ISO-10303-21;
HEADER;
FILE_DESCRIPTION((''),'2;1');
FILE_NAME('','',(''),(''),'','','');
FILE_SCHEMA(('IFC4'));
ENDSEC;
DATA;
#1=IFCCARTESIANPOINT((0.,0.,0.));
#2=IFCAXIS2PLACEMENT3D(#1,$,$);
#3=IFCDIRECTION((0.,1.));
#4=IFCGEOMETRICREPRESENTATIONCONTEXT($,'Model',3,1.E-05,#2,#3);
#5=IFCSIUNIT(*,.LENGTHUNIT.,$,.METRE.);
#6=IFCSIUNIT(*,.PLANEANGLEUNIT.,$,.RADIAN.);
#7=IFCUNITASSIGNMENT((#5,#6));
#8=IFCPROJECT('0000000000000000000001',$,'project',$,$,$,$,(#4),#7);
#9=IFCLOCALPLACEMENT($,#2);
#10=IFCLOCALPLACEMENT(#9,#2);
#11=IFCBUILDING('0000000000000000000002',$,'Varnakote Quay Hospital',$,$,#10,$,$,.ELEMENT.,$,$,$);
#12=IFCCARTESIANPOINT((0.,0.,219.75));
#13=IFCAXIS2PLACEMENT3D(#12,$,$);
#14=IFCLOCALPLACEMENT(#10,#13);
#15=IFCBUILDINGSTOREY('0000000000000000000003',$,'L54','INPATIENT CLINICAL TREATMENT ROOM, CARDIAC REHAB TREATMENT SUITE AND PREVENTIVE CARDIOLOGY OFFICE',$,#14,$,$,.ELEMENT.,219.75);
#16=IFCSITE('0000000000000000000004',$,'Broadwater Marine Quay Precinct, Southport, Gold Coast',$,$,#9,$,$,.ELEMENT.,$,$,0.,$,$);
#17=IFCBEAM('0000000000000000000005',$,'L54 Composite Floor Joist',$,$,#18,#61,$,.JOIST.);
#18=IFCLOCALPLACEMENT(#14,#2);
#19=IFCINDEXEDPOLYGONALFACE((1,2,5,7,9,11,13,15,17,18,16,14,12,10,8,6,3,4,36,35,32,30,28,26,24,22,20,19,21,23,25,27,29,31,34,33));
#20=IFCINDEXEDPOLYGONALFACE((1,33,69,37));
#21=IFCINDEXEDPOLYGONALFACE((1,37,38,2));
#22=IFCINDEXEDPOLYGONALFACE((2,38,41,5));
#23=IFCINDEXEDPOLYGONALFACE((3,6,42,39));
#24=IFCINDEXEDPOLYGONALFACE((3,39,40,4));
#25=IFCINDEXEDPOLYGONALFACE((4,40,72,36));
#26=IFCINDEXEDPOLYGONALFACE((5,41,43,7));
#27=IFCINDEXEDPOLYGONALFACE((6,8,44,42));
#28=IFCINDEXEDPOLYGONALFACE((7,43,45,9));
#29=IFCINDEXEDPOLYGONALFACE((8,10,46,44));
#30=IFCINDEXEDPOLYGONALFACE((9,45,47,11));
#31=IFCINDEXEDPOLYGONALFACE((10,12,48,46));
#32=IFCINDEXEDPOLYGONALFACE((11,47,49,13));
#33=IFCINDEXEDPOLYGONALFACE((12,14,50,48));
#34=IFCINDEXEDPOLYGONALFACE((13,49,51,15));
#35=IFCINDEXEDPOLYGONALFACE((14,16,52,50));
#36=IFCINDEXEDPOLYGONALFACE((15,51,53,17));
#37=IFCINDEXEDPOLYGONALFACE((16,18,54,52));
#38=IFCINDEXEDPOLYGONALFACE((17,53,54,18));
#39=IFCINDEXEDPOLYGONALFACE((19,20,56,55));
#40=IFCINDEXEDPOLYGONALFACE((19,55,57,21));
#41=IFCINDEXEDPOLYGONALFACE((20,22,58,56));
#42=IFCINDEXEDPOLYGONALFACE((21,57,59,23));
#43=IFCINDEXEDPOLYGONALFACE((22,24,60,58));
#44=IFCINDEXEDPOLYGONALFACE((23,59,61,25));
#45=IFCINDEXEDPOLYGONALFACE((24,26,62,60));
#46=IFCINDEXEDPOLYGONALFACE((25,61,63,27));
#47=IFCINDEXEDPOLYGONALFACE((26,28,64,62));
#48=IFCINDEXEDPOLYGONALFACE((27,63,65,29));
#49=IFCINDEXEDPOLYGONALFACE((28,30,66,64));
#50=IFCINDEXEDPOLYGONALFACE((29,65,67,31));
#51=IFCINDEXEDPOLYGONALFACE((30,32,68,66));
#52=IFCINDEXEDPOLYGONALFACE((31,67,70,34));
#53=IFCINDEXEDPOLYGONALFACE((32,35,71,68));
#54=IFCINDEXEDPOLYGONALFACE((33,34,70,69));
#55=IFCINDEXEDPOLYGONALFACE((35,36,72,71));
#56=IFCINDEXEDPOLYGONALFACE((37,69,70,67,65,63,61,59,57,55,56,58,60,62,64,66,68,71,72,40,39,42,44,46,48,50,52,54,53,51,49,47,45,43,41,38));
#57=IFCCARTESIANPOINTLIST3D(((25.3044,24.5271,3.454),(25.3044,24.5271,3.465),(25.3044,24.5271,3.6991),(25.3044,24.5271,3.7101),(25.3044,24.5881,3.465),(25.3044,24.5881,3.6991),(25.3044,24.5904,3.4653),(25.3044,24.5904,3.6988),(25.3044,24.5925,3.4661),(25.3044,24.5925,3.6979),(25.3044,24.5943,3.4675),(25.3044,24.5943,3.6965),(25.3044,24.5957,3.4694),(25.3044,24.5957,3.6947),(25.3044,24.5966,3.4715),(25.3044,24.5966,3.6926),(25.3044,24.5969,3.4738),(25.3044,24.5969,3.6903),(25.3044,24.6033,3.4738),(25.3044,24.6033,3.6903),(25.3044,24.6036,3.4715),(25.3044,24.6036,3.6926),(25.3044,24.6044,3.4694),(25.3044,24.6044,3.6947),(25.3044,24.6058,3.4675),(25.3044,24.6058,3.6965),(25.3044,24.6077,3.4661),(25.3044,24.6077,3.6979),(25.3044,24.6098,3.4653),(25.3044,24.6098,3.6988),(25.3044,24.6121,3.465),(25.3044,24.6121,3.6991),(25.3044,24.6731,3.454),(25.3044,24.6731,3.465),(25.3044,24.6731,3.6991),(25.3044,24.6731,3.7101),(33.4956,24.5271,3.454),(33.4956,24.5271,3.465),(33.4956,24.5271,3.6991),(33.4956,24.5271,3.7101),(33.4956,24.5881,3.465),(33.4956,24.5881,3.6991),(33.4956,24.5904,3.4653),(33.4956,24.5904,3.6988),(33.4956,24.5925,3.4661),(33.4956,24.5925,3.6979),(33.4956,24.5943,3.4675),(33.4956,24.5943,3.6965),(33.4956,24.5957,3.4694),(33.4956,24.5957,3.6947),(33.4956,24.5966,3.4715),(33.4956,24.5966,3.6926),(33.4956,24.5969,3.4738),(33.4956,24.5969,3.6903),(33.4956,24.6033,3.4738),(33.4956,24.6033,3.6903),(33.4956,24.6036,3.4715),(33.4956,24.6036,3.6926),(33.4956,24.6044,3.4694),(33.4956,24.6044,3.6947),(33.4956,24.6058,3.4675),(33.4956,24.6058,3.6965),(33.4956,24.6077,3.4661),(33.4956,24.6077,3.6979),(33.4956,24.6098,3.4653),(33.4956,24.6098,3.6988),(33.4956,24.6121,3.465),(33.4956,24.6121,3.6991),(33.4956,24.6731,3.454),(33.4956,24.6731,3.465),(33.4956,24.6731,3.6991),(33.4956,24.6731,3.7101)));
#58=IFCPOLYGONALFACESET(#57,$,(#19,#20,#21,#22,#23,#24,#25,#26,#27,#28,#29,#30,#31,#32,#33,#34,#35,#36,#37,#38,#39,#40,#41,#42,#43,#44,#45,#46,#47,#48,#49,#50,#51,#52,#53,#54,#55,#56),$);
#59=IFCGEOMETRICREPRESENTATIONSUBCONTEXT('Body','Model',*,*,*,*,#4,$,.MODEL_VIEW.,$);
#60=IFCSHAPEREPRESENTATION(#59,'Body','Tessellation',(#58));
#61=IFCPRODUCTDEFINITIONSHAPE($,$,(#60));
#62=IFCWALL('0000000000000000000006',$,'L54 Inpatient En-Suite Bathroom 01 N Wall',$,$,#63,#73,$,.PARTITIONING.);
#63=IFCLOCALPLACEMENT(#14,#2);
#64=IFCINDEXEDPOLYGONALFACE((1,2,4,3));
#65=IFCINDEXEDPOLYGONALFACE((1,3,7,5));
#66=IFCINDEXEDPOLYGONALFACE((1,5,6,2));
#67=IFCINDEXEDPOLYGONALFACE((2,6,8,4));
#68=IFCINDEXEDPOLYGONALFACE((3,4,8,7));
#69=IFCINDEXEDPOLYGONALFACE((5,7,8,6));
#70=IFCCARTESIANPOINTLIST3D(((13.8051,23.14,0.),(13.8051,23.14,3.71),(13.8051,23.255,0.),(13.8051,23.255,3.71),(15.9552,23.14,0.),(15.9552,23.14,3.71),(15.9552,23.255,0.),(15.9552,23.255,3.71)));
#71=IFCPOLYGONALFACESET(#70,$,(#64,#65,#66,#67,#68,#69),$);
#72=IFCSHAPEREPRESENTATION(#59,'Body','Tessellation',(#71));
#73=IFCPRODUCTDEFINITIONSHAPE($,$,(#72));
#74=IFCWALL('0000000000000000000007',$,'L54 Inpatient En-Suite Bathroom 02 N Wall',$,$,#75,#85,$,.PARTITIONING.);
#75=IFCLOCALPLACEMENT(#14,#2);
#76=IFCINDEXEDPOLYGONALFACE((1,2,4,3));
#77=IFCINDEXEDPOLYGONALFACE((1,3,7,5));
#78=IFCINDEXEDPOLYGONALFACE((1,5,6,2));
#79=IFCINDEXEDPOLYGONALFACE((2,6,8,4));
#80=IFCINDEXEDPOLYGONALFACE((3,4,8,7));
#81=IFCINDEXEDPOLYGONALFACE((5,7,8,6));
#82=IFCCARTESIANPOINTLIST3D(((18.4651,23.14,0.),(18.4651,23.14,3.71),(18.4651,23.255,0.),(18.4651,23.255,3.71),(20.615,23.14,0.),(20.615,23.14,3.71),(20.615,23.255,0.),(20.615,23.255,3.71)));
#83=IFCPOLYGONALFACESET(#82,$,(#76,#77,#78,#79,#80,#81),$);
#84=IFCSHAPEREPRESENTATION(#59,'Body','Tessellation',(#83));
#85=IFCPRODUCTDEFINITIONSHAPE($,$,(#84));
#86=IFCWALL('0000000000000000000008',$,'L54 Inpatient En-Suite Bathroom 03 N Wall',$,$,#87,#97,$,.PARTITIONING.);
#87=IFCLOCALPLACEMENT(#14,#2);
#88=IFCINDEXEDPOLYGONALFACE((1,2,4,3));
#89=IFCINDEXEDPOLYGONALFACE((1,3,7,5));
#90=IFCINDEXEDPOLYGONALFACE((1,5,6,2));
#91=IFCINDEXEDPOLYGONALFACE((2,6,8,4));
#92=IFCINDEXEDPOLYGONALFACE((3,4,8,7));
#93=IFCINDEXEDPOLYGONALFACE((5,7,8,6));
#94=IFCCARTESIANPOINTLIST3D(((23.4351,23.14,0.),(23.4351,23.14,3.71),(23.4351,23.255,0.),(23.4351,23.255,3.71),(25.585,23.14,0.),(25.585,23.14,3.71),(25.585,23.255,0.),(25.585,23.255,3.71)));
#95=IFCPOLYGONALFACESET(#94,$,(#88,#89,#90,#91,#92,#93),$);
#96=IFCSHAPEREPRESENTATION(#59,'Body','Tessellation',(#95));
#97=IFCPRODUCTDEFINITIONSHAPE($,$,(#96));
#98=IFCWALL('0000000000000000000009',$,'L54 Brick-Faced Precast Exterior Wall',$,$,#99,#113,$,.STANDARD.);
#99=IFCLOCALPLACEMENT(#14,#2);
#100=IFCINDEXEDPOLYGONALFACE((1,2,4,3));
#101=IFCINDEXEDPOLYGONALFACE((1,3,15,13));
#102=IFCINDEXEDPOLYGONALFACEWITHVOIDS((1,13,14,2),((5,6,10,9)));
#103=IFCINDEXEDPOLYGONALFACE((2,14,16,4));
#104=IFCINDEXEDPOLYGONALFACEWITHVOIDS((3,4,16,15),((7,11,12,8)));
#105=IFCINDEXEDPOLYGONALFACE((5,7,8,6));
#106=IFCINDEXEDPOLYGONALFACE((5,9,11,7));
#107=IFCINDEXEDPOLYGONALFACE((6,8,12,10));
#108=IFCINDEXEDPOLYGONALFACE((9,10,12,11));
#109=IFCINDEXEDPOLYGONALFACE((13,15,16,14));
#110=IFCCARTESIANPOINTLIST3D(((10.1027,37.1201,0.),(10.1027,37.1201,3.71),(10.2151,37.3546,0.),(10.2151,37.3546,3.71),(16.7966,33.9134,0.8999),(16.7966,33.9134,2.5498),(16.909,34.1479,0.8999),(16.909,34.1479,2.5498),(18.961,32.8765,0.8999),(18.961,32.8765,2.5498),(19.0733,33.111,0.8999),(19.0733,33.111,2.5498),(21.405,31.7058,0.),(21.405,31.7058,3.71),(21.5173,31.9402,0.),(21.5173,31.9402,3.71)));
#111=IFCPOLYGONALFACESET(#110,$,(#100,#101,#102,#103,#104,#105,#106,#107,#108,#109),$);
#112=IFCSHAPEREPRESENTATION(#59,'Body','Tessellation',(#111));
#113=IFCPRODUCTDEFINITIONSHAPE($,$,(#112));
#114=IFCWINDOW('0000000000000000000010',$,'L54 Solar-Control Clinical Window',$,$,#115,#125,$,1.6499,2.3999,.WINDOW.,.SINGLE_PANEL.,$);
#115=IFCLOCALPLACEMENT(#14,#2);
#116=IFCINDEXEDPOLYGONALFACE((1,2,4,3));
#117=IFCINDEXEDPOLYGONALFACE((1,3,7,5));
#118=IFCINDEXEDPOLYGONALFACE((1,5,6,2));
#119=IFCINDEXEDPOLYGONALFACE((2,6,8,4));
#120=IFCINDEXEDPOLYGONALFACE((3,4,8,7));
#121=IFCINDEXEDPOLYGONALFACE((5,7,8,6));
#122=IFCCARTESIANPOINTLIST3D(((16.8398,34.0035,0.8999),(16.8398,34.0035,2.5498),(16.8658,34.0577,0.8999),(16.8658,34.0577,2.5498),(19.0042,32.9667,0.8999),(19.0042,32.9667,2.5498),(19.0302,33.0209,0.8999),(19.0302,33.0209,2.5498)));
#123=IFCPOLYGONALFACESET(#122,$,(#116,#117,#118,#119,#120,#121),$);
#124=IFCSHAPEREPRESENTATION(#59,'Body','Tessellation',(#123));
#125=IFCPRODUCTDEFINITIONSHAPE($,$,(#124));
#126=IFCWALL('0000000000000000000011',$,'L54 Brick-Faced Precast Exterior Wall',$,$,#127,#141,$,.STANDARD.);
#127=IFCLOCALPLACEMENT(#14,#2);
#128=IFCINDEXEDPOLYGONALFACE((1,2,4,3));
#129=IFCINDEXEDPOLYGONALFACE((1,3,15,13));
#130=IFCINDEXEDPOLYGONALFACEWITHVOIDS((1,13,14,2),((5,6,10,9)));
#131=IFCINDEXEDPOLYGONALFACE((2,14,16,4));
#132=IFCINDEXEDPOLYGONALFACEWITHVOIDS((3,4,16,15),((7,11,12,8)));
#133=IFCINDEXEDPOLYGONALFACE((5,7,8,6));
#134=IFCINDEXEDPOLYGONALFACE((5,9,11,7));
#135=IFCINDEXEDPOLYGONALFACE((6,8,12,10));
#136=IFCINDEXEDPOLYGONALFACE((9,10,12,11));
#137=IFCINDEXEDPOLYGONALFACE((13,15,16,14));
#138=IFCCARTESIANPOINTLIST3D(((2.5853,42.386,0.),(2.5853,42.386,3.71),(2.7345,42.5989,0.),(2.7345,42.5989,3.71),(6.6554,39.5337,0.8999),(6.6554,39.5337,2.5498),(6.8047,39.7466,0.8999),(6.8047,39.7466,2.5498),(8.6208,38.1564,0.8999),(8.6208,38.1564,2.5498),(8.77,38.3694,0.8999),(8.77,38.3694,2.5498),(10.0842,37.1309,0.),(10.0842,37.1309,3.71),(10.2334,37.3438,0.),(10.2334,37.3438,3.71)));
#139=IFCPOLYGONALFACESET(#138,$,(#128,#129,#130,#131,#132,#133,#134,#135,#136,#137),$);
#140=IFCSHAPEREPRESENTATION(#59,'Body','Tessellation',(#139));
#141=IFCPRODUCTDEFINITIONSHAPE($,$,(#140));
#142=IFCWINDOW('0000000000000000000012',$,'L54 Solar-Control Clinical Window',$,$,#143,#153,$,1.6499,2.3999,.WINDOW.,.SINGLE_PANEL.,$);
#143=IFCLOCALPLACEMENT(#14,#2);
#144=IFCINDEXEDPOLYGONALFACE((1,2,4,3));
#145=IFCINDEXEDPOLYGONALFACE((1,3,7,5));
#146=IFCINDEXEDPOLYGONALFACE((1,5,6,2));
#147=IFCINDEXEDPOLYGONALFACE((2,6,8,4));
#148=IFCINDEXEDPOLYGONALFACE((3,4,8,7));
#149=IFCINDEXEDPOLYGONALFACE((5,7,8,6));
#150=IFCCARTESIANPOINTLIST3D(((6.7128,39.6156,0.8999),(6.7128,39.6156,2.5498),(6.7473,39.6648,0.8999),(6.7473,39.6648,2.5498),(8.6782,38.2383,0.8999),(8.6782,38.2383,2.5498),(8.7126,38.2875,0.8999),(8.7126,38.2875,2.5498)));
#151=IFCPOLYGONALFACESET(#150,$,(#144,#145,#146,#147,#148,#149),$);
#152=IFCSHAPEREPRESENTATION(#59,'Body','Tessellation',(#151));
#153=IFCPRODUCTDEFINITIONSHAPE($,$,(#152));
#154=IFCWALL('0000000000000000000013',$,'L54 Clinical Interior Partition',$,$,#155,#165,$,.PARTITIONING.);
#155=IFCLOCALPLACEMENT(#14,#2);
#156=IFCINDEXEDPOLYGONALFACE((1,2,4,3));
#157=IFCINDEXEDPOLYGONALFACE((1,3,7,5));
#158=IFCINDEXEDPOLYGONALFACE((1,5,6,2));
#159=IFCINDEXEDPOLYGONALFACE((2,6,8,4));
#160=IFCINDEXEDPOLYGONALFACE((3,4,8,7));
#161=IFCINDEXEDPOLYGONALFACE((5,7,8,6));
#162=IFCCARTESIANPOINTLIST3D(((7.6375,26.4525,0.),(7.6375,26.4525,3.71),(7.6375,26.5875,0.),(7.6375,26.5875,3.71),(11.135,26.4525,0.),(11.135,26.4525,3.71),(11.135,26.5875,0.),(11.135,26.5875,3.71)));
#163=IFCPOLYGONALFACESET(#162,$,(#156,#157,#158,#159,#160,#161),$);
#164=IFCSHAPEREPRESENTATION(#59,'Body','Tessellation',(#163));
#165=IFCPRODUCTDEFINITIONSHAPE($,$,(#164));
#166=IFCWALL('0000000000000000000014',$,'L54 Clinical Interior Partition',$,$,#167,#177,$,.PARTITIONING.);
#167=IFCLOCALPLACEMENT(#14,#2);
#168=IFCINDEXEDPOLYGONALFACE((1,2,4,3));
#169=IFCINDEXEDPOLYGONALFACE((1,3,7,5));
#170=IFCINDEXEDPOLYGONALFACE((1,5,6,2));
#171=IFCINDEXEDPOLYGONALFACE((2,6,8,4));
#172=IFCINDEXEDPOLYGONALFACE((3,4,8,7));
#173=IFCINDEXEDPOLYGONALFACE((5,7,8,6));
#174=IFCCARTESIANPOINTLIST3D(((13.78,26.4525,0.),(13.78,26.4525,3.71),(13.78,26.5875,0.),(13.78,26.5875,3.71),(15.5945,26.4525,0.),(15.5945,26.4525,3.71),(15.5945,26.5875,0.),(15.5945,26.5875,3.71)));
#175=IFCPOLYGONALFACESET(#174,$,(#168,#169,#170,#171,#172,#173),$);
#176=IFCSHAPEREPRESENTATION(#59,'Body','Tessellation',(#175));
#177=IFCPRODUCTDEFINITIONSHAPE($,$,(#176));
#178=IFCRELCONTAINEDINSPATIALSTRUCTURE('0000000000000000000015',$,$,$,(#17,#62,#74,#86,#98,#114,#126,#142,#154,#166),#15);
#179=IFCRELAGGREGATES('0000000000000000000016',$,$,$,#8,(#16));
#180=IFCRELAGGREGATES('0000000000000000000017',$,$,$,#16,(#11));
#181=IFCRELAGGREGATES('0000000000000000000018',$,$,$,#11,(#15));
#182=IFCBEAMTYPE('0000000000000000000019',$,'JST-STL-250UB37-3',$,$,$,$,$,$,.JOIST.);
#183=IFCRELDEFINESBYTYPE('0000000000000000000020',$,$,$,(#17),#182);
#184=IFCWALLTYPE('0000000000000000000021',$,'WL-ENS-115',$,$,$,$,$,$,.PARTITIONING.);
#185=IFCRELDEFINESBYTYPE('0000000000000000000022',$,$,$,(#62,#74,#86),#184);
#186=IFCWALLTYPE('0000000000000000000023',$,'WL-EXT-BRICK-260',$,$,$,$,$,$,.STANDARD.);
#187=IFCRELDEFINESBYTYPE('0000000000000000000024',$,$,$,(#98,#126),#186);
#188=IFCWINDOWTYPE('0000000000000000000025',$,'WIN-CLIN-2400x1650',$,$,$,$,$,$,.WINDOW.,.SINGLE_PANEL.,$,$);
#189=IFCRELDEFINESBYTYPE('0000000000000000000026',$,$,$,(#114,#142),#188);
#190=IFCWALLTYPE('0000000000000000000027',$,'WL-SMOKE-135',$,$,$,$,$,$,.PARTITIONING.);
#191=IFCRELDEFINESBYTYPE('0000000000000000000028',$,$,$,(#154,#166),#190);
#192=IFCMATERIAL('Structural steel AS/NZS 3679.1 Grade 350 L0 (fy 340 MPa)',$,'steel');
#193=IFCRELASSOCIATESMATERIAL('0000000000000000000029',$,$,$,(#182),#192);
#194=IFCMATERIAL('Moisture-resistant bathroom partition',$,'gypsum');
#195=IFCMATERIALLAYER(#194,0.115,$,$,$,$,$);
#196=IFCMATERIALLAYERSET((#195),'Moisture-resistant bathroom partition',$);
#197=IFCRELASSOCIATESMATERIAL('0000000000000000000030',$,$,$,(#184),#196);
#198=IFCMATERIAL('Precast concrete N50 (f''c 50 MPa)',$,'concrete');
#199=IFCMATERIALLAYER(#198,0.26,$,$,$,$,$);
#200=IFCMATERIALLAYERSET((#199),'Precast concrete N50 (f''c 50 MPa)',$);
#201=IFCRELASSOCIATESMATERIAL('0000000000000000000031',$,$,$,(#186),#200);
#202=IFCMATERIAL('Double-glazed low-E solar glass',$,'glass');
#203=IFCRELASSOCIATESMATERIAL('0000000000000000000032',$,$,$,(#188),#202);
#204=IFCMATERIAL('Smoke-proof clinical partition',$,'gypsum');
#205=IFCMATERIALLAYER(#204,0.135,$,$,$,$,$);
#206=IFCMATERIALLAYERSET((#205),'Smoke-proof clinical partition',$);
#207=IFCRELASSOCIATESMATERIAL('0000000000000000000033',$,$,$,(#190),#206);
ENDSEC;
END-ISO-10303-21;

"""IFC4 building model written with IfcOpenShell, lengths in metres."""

from ifc_helpers import new_model, si_unit, direction, frame, frame_2d, origin, origin_2d, place, context, subcontext, project, spatial, rectangle, i_section, extrude, material, layer, layer_set, material_profile, profile_set, type_object, element, fill, save


model = new_model("IFC4")

# Units and contexts
model_context = context("Model", 3, precision=1e-05, world=origin(), true_north=direction((0.0, 1.0)))
body_context = subcontext(model_context, "Body", "Model", "MODEL_VIEW")
ifc_project = project(units=[si_unit("LENGTHUNIT", "METRE"), si_unit("PLANEANGLEUNIT", "RADIAN")], contexts=[model_context])

# Site, building, storey
site_placement = place(None, origin())
site = spatial("IfcSite", under=ifc_project, at=site_placement, Name="Broadwater Marine Quay Precinct, Southport, Gold Coast", CompositionType="ELEMENT", RefElevation=0.0)
building_placement = place(site_placement, origin())
building = spatial("IfcBuilding", under=site, at=building_placement, Name="Varnakote Quay Hospital", CompositionType="ELEMENT")
storey_placement = place(building_placement, frame((0.0, 0.0, 219.75)))
storey = spatial("IfcBuildingStorey", under=building, at=storey_placement, Name="L54", Description="INPATIENT CLINICAL TREATMENT ROOM, CARDIAC REHAB TREATMENT SUITE AND PREVENTIVE CARDIOLOGY OFFICE", CompositionType="ELEMENT", Elevation=219.75)

# Beam
ifc_material_1 = material(Name="Structural steel AS/NZS 3679.1 Grade 350 L0 (fy 340 MPa)", Category="steel")
ifc_material_profile_1 = material_profile(ifc_material_1, i_section(OverallWidth=0.146, OverallDepth=0.2561, WebThickness=0.0063, FlangeThickness=0.011, FilletRadius=0.0088, at=origin_2d()), Name="250UB37.3")
ifc_profile_set_1 = profile_set([ifc_material_profile_1], Name="Structural steel AS/NZS 3679.1 Grade 350 L0 (fy 340 MPa)")
beam_type_1 = type_object("IfcBeamType", Name="JST-STL-250UB37-3", PredefinedType="JOIST", material=ifc_profile_set_1)
beam_1_placement = place(storey_placement, frame((25.3044, 24.6001, 3.582), z_axis=(1.0, 0.0, 0.0), x_axis=(0.0, 1.0, 0.0)))
element("IfcBeam", 1, at=beam_1_placement, inside=storey, type_object=beam_type_1, Name="L54 Composite Floor Joist", PredefinedType="JOIST", context=body_context, shape_type="SweptSolid", body=[
    extrude(i_section(OverallWidth=0.146, OverallDepth=0.2561, WebThickness=0.0063, FlangeThickness=0.011, FilletRadius=0.0088, at=origin_2d()), origin(), (0.0, 0.0, 1.0), 8.1912),
])

# Walls
ifc_material_2 = material(Name="Moisture-resistant bathroom partition", Category="gypsum")
ifc_layer_1 = layer(ifc_material_2, 0.115)
ifc_layer_set_1 = layer_set([ifc_layer_1], Name="Moisture-resistant bathroom partition")
wall_type_1 = type_object("IfcWallType", Name="WL-ENS-115", PredefinedType="PARTITIONING", material=ifc_layer_set_1)
wall_1_placement = place(storey_placement, frame((13.8049, 23.1975, 0.0), z_axis=(0.0, 0.0, 1.0), x_axis=(1.0, 0.0, 0.0)))
element("IfcWall", 2, at=wall_1_placement, inside=storey, type_object=wall_type_1, Name="L54 Inpatient En-Suite Bathroom 01 N Wall", PredefinedType="PARTITIONING", context=body_context, shape_type="SweptSolid", body=[
    extrude(rectangle(XDim=2.1501, YDim=0.115, at=frame_2d((1.0752, 0.0))), origin(), (0.0, 0.0, 1.0), 3.71),
])
for number, where, z_axis, x_axis, name in (
    (3, (18.4651, 23.1975, 0.0), (0.0, 0.0, 1.0), (1.0, 0.0, 0.0), "L54 Inpatient En-Suite Bathroom 02 N Wall"),
    (4, (23.4351, 23.1975, 0.0), (0.0, 0.0, 1.0), (1.0, 0.0, 0.0), "L54 Inpatient En-Suite Bathroom 03 N Wall"),
):
    element("IfcWall", number, at=place(storey_placement, frame(where, z_axis=z_axis, x_axis=x_axis)), inside=storey, type_object=wall_type_1, Name=name, PredefinedType="PARTITIONING", context=body_context, shape_type="SweptSolid", body=[
        extrude(rectangle(XDim=2.1499, YDim=0.115, at=frame_2d((1.075, 0.0))), origin(), (0.0, 0.0, 1.0), 3.71),
    ])

# Walls, openings, windows
ifc_material_3 = material(Name="Precast concrete N50 (f'c 50 MPa)", Category="concrete")
ifc_layer_2 = layer(ifc_material_3, 0.26)
ifc_layer_set_2 = layer_set([ifc_layer_2], Name="Precast concrete N50 (f'c 50 MPa)")
wall_type_2 = type_object("IfcWallType", Name="WL-EXT-BRICK-260", PredefinedType="STANDARD", material=ifc_layer_set_2)
wall_2_placement = place(storey_placement, frame((21.4612, 31.823, 0.0), z_axis=(0.0, 0.0, 1.0), x_axis=(-0.901858, 0.432032, 0.0)))
wall_2 = element("IfcWall", 5, at=wall_2_placement, inside=storey, type_object=wall_type_2, Name="L54 Brick-Faced Precast Exterior Wall", PredefinedType="STANDARD", context=body_context, shape_type="SweptSolid", body=[
    extrude(rectangle(XDim=12.5322, YDim=0.26, at=frame_2d((6.2661, 0.0))), origin(), (0.0, 0.0, 1.0), 3.71),
])
opening_1_placement = place(wall_2_placement, frame((2.71, 0.0, 0.8999)))
opening_1 = element("IfcOpeningElement", 6, at=opening_1_placement, cuts=wall_2, PredefinedType="OPENING", context=body_context, shape_type="SweptSolid", body=[
    extrude(rectangle(XDim=2.3999, YDim=1.6499, at=frame_2d((1.2, 0.825))), frame((0.0, 0.1399, 0.0), z_axis=(0.0, -1.0, 0.0), x_axis=(1.0, 0.0, 0.0)), (0.0, 0.0, 1.0), 0.28),
])
ifc_material_4 = material(Name="Double-glazed low-E solar glass", Category="glass")
window_type = type_object("IfcWindowType", Name="WIN-CLIN-2400x1650", PartitioningType="SINGLE_PANEL", PredefinedType="WINDOW", material=ifc_material_4)
window_1_placement = place(opening_1_placement, origin())
window_1 = element("IfcWindow", 7, at=window_1_placement, inside=storey, type_object=window_type, Name="L54 Solar-Control Clinical Window", OverallHeight=1.6499, OverallWidth=2.3999, PartitioningType="SINGLE_PANEL", PredefinedType="WINDOW", context=body_context, shape_type="SweptSolid", body=[
    extrude(rectangle(XDim=2.3999, YDim=1.6499, at=frame_2d((1.2, 0.825))), frame((0.0, 0.03, 0.0), z_axis=(0.0, -1.0, 0.0), x_axis=(1.0, 0.0, 0.0)), (0.0, 0.0, 1.0), 0.0601),
])
fill(opening_1, window_1)
wall_3_placement = place(storey_placement, frame((10.1589, 37.2373, 0.0), z_axis=(0.0, 0.0, 1.0), x_axis=(-0.818934, 0.573888, 0.0)))
wall_3 = element("IfcWall", 8, at=wall_3_placement, inside=storey, type_object=wall_type_2, Name="L54 Brick-Faced Precast Exterior Wall", PredefinedType="STANDARD", context=body_context, shape_type="SweptSolid", body=[
    extrude(rectangle(XDim=9.157, YDim=0.26, at=frame_2d((4.5786, 0.0))), origin(), (0.0, 0.0, 1.0), 3.71),
])
opening_2_placement = place(wall_3_placement, frame((1.7871, 0.0, 0.8999)))
opening_2 = element("IfcOpeningElement", 9, at=opening_2_placement, cuts=wall_3, PredefinedType="OPENING", context=body_context, shape_type="SweptSolid", body=[
    extrude(rectangle(XDim=2.3999, YDim=1.6499, at=frame_2d((1.2, 0.825))), frame((0.0, 0.1399, 0.0), z_axis=(0.0, -1.0, 0.0), x_axis=(1.0, 0.0, 0.0)), (0.0, 0.0, 1.0), 0.28),
])
window_2_placement = place(opening_2_placement, origin())
window_2 = element("IfcWindow", 10, at=window_2_placement, inside=storey, type_object=window_type, Name="L54 Solar-Control Clinical Window", OverallHeight=1.6499, OverallWidth=2.3999, PartitioningType="SINGLE_PANEL", PredefinedType="WINDOW", context=body_context, shape_type="SweptSolid", body=[
    extrude(rectangle(XDim=2.3999, YDim=1.6499, at=frame_2d((1.2, 0.825))), frame((0.0, 0.03, 0.0), z_axis=(0.0, -1.0, 0.0), x_axis=(1.0, 0.0, 0.0)), (0.0, 0.0, 1.0), 0.0601),
])
fill(opening_2, window_2)

# Walls
ifc_material_5 = material(Name="Smoke-proof clinical partition", Category="gypsum")
ifc_layer_3 = layer(ifc_material_5, 0.135)
ifc_layer_set_3 = layer_set([ifc_layer_3], Name="Smoke-proof clinical partition")
wall_type_3 = type_object("IfcWallType", Name="WL-SMOKE-135", PredefinedType="PARTITIONING", material=ifc_layer_set_3)
wall_4_placement = place(storey_placement, frame((11.135, 26.52, 0.0), z_axis=(0.0, 0.0, 1.0), x_axis=(-1.0, 0.0, 0.0)))
element("IfcWall", 11, at=wall_4_placement, inside=storey, type_object=wall_type_3, Name="L54 Clinical Interior Partition", PredefinedType="PARTITIONING", context=body_context, shape_type="SweptSolid", body=[
    extrude(rectangle(XDim=3.4976, YDim=0.135, at=frame_2d((1.7488, 0.0))), origin(), (0.0, 0.0, 1.0), 3.71),
])
wall_5_placement = place(storey_placement, frame((15.5945, 26.52, 0.0), z_axis=(0.0, 0.0, 1.0), x_axis=(-1.0, 0.0, 0.0)))
element("IfcWall", 12, at=wall_5_placement, inside=storey, type_object=wall_type_3, Name="L54 Clinical Interior Partition", PredefinedType="PARTITIONING", context=body_context, shape_type="SweptSolid", body=[
    extrude(rectangle(XDim=1.8145, YDim=0.135, at=frame_2d((0.9072, 0.0))), origin(), (0.0, 0.0, 1.0), 3.71),
])

save(model, "model.ifc")
